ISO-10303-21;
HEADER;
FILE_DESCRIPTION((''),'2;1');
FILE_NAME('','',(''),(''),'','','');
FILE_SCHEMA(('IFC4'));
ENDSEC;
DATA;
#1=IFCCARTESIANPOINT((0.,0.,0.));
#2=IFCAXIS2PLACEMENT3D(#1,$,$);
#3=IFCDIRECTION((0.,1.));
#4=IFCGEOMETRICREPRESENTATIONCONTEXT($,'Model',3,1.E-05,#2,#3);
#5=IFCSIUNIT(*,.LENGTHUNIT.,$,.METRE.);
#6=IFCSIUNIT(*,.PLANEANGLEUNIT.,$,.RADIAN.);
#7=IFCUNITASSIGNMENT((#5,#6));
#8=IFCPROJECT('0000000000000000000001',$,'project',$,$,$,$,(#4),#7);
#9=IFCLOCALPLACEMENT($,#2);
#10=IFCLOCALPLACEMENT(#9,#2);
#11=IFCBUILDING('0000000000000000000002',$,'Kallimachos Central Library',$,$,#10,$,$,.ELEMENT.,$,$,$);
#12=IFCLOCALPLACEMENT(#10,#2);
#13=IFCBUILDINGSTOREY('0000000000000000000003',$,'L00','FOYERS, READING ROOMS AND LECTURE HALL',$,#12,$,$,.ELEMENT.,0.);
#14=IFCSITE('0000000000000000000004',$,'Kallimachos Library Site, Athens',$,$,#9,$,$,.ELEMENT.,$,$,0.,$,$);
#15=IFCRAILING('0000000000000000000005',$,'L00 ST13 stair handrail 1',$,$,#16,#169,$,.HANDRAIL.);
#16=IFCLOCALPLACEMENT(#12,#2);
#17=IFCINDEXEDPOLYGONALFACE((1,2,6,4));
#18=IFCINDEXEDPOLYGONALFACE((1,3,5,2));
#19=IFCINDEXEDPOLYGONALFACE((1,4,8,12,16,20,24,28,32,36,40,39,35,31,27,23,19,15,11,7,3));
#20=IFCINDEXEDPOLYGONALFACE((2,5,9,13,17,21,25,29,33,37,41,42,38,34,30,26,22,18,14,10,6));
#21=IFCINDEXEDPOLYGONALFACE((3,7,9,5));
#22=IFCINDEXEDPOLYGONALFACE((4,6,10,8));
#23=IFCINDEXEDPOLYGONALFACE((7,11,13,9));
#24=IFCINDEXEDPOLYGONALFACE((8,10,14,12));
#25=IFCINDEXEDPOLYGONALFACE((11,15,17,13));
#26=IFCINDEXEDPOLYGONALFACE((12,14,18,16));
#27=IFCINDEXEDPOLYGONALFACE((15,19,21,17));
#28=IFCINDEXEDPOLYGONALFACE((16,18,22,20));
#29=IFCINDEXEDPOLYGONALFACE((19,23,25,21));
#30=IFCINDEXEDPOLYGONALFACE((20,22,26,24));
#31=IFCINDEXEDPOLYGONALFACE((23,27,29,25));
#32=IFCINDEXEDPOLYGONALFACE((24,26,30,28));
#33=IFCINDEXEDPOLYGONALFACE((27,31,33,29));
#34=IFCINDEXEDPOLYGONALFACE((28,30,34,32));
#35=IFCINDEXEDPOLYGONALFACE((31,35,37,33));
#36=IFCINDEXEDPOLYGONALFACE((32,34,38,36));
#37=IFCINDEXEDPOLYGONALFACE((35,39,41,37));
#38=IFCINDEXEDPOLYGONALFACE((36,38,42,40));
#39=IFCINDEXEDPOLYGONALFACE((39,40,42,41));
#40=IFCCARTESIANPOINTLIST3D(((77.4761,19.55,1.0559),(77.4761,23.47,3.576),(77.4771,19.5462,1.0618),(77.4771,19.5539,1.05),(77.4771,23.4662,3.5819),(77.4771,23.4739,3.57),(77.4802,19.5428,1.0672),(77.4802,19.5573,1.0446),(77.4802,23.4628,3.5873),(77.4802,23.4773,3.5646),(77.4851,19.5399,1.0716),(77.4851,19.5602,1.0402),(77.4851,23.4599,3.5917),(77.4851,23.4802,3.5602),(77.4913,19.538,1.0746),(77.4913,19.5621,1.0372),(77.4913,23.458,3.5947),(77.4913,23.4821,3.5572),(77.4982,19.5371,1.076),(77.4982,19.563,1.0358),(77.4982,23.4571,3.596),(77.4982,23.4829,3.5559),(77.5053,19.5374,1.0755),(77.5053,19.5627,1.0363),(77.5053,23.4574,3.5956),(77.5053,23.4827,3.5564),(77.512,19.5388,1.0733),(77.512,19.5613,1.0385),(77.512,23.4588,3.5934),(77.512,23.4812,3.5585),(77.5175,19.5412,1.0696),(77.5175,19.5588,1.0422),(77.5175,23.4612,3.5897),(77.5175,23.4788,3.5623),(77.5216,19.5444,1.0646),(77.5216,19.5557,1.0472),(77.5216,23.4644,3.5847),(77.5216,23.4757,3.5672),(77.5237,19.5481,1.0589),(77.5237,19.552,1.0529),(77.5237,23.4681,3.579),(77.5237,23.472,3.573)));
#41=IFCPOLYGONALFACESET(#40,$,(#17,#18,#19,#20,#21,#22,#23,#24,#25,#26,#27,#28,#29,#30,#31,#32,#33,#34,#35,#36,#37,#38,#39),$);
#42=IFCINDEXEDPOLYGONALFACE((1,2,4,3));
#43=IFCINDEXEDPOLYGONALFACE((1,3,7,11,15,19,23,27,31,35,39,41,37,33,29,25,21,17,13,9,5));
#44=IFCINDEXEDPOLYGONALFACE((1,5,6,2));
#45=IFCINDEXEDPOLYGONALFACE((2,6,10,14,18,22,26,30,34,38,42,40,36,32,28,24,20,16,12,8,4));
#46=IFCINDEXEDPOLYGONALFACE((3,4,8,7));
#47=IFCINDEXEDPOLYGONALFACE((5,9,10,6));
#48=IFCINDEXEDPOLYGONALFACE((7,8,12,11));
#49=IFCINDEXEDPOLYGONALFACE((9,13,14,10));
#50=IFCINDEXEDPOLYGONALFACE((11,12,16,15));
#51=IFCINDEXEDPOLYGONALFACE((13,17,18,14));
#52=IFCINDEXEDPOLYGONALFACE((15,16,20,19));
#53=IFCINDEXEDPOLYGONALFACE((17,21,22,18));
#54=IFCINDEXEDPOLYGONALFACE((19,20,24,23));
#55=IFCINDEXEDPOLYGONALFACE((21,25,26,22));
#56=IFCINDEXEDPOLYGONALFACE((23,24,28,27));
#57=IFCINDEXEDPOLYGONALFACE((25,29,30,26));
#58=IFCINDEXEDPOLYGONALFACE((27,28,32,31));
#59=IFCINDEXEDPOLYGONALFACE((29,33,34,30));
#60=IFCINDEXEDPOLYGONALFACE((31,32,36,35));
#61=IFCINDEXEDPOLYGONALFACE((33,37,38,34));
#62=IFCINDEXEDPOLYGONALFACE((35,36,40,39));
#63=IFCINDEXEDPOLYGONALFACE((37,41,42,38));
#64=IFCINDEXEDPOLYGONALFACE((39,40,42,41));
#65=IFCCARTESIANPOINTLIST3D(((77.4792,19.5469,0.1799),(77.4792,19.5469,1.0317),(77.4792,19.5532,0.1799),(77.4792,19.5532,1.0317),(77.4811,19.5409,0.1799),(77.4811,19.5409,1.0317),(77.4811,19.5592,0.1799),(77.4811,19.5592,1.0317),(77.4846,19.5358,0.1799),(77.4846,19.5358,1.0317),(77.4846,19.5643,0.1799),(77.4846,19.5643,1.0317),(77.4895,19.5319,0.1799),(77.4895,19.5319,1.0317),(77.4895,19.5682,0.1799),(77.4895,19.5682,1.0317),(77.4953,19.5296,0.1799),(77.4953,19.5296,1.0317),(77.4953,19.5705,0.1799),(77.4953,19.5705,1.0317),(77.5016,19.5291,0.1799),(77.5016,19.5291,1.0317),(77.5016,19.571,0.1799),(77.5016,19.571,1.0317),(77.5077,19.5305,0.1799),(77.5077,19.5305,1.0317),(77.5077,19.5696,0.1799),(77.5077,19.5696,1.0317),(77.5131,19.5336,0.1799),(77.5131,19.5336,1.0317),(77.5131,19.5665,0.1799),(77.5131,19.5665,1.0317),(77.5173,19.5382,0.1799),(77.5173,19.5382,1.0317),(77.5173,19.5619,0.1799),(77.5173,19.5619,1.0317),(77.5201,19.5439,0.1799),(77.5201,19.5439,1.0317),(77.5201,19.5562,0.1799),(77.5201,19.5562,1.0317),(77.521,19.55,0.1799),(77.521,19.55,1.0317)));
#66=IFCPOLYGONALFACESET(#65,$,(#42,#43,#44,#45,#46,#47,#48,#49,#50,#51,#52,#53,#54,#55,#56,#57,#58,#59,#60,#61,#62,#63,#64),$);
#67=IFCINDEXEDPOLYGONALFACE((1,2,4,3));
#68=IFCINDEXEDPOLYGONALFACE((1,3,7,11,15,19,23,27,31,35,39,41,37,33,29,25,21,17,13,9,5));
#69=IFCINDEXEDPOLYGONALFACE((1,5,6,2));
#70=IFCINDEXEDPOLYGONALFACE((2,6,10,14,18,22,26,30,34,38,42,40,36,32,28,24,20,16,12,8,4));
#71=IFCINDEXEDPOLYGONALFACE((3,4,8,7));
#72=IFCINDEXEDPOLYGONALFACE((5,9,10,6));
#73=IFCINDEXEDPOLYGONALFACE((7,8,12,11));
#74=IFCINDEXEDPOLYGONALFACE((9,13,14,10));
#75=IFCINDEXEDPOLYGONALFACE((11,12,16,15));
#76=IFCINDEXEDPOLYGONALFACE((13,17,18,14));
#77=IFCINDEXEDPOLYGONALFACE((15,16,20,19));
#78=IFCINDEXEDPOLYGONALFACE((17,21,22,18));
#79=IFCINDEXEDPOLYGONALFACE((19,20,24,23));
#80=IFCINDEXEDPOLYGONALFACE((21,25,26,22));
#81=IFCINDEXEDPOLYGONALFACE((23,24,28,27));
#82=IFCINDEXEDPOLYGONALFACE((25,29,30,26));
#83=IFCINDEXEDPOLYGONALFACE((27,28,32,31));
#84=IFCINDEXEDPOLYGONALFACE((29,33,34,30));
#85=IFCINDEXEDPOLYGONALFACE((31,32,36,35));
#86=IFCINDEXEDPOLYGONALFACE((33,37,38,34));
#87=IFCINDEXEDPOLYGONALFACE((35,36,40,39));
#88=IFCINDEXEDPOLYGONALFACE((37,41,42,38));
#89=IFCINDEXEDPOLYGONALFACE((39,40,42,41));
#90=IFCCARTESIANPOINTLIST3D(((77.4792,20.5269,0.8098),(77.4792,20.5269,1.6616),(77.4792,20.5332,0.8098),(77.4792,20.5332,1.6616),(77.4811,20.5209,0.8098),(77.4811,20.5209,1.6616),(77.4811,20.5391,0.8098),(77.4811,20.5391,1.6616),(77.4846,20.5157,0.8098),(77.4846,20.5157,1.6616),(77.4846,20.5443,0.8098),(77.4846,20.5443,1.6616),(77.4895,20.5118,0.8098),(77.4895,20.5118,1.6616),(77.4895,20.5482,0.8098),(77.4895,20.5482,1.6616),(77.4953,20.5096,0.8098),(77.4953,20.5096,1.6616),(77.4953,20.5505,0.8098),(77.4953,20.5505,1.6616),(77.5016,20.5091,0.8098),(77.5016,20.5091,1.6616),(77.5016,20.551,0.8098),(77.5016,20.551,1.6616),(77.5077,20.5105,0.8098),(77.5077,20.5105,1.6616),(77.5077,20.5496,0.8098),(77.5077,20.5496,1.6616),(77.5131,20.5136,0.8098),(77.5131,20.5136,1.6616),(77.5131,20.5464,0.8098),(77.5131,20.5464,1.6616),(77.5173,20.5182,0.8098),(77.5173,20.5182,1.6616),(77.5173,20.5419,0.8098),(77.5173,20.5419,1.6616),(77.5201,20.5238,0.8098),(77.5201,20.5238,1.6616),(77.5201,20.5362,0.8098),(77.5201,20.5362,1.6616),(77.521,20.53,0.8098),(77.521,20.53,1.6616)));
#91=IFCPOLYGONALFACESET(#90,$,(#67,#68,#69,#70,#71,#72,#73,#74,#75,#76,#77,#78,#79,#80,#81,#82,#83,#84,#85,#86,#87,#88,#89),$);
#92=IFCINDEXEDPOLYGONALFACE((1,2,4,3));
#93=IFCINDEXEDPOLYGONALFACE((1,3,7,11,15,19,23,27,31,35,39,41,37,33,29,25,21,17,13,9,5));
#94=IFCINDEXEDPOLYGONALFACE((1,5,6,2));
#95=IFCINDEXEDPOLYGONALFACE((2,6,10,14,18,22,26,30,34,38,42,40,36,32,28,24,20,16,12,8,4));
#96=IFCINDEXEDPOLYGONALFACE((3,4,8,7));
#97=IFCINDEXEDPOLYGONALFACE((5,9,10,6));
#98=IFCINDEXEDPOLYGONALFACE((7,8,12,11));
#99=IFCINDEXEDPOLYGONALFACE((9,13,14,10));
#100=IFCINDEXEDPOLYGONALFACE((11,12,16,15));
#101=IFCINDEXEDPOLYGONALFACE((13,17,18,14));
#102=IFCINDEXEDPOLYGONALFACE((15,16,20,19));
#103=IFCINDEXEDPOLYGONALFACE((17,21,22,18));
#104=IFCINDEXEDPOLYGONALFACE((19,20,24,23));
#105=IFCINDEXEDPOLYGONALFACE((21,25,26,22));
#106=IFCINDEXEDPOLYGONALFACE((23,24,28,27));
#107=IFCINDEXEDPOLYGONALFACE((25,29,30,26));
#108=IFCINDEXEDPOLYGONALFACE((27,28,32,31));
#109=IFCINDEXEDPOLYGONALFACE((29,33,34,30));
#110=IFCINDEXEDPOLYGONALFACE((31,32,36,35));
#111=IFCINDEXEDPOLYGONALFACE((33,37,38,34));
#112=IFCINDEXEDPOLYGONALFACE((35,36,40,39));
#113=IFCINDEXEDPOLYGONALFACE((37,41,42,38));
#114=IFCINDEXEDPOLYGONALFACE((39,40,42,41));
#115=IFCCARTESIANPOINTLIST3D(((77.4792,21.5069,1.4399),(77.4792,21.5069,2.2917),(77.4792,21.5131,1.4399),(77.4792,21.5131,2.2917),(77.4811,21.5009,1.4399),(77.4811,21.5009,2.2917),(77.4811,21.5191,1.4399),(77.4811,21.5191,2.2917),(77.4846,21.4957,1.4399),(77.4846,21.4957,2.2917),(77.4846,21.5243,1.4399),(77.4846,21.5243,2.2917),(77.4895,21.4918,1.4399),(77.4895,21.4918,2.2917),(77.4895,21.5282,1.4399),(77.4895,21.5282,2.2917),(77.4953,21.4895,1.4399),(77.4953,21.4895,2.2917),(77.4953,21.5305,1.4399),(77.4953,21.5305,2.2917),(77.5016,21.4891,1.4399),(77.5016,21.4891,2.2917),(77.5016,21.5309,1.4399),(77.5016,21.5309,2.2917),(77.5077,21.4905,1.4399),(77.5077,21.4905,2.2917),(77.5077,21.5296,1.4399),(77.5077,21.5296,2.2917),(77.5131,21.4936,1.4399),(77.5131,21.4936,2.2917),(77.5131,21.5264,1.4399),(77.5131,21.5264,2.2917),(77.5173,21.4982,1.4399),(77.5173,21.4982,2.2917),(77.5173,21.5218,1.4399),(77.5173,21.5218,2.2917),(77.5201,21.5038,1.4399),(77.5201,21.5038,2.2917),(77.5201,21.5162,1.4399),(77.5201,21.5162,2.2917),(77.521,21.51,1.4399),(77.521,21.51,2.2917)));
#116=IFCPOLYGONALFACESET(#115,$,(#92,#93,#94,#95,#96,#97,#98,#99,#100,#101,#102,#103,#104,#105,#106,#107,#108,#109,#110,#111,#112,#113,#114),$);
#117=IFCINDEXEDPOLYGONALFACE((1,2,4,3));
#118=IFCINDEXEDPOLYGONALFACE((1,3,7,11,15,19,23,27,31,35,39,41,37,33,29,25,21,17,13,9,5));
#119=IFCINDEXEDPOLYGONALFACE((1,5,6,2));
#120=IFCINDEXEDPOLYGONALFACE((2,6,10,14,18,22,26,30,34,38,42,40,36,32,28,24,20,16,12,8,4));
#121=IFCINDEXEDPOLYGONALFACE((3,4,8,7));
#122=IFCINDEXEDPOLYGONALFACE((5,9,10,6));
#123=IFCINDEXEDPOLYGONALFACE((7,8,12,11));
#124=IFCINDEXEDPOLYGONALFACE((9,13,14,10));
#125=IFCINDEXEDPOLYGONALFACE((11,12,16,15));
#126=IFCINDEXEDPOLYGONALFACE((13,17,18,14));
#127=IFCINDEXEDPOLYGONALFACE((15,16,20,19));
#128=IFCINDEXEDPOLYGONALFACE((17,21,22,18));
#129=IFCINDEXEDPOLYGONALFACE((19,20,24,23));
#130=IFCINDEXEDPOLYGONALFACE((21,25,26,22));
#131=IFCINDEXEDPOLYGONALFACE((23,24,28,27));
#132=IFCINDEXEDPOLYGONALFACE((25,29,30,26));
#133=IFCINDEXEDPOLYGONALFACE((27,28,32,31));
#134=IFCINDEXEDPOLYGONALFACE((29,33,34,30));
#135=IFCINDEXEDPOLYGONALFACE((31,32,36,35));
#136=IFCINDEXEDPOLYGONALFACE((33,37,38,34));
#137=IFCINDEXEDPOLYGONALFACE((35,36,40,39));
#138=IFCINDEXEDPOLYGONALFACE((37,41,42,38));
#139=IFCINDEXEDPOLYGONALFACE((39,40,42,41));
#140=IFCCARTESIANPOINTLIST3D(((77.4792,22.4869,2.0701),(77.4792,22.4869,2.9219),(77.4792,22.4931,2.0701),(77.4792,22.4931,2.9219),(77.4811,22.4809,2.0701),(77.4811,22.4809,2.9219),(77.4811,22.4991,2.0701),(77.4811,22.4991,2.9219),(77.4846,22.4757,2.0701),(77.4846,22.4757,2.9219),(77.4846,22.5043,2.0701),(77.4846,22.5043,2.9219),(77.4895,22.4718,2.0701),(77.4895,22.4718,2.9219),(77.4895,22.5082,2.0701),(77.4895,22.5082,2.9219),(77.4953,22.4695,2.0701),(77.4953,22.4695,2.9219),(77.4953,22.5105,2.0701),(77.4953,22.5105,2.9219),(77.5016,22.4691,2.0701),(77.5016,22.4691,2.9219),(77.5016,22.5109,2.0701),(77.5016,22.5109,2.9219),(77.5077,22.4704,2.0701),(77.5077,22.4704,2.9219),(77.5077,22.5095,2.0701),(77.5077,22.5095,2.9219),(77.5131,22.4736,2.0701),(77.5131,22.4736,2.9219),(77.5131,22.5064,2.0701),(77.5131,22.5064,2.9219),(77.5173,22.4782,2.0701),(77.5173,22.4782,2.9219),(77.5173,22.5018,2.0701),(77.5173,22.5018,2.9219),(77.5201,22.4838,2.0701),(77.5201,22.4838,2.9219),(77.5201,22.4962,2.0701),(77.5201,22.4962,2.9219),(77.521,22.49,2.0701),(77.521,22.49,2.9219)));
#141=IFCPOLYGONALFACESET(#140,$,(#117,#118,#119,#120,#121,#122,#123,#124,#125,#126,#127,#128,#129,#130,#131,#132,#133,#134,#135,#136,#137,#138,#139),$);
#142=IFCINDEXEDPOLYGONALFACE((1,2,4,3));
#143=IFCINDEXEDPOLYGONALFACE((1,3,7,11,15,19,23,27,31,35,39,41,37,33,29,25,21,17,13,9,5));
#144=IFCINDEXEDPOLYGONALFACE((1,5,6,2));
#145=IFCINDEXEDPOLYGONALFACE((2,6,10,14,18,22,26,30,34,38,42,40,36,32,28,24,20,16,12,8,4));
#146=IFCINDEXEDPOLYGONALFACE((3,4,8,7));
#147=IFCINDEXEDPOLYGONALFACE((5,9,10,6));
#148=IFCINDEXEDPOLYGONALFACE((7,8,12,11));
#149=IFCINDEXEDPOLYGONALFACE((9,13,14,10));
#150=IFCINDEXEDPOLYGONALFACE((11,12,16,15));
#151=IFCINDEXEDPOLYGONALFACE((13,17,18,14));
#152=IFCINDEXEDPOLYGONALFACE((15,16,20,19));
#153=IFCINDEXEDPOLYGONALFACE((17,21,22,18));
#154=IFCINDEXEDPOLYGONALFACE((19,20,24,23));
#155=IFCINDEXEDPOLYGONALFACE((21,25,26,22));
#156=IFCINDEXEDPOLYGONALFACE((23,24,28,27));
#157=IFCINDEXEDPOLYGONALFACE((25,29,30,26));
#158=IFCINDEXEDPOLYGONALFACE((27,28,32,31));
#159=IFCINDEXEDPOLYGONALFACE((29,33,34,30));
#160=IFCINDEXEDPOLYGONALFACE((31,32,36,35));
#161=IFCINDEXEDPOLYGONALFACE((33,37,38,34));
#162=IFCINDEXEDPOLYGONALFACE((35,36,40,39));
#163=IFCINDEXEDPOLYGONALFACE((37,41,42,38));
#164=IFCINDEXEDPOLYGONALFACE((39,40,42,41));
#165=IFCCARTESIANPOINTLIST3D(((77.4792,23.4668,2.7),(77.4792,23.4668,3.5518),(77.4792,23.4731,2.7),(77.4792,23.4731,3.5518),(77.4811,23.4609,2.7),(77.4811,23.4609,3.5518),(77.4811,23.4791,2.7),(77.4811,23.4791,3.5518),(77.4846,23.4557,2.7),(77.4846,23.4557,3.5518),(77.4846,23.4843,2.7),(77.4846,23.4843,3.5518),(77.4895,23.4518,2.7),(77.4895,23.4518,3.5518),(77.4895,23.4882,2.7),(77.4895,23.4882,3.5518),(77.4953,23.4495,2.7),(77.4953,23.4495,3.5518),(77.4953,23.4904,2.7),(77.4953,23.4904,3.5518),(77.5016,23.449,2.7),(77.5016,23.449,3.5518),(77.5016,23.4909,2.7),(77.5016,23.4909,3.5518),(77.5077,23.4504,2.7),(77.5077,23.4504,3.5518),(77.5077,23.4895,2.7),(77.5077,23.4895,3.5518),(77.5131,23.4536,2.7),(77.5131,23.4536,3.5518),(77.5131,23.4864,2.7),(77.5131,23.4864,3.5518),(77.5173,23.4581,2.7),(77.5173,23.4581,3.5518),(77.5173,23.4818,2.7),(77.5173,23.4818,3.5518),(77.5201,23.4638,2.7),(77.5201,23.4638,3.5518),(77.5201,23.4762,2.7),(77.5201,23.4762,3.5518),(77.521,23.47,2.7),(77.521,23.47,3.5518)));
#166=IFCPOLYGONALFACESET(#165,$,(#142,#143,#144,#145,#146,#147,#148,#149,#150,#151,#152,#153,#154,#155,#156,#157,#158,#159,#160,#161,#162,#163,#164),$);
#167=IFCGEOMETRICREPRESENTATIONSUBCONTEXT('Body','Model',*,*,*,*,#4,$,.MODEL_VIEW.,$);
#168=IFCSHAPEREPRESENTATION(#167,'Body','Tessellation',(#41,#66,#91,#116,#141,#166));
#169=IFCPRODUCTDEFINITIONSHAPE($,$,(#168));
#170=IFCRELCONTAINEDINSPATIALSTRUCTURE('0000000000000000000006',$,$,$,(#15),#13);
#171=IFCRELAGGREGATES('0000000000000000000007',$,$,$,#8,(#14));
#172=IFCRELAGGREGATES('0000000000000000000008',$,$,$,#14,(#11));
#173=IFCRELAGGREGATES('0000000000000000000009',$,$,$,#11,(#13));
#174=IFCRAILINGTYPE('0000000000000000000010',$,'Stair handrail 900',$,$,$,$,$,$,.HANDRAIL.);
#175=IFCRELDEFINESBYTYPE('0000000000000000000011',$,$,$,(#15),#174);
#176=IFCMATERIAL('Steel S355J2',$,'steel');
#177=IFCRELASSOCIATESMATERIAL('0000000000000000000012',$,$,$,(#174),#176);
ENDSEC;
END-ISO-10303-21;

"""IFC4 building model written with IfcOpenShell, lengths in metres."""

from ifc_helpers import new_model, si_unit, direction, frame, origin, origin_2d, place, context, subcontext, project, spatial, circle, extrude, material, type_object, element, save


model = new_model("IFC4")

# Units and contexts
model_context = context("Model", 3, precision=1e-05, world=origin(), true_north=direction((0.0, 1.0)))
body_context = subcontext(model_context, "Body", "Model", "MODEL_VIEW")
ifc_project = project(units=[si_unit("LENGTHUNIT", "METRE"), si_unit("PLANEANGLEUNIT", "RADIAN")], contexts=[model_context])

# Site, building, storey
site_placement = place(None, origin())
site = spatial("IfcSite", under=ifc_project, at=site_placement, Name="Kallimachos Library Site, Athens", CompositionType="ELEMENT", RefElevation=0.0)
building_placement = place(site_placement, origin())
building = spatial("IfcBuilding", under=site, at=building_placement, Name="Kallimachos Central Library", CompositionType="ELEMENT")
storey_placement = place(building_placement, origin())
storey = spatial("IfcBuildingStorey", under=building, at=storey_placement, Name="L00", Description="FOYERS, READING ROOMS AND LECTURE HALL", CompositionType="ELEMENT", Elevation=0.0)

# Railing
ifc_material_1 = material(Name="Steel S355J2", Category="steel")
railing_type_1 = type_object("IfcRailingType", Name="Stair handrail 900", PredefinedType="HANDRAIL", material=ifc_material_1)
railing_1_placement = place(storey_placement, frame((77.5, 19.55, 0.1799)))
element("IfcRailing", 1, at=railing_1_placement, inside=storey, type_object=railing_type_1, Name="L00 ST13 stair handrail 1", PredefinedType="HANDRAIL", context=body_context, shape_type="SweptSolid", body=[
    extrude(circle(Radius=0.0239, at=origin_2d()), frame((0.0, 0.0, 0.876), z_axis=(0.0, 0.841172, 0.540768), x_axis=(-1.0, 0.0, 0.0)), (0.0, 0.0, 1.0), 4.6602),
    extrude(circle(Radius=0.021, at=origin_2d()), origin(), (0.0, 0.0, 1.0), 0.8518),
    extrude(circle(Radius=0.021, at=origin_2d()), frame((0.0, 0.98, 0.6299)), (0.0, 0.0, 1.0), 0.8518),
    extrude(circle(Radius=0.021, at=origin_2d()), frame((0.0, 1.96, 1.26)), (0.0, 0.0, 1.0), 0.8518),
    extrude(circle(Radius=0.021, at=origin_2d()), frame((0.0, 2.9399, 1.8901)), (0.0, 0.0, 1.0), 0.8518),
    extrude(circle(Radius=0.021, at=origin_2d()), frame((0.0, 3.9199, 2.52)), (0.0, 0.0, 1.0), 0.8518),
])

save(model, "model.ifc")
